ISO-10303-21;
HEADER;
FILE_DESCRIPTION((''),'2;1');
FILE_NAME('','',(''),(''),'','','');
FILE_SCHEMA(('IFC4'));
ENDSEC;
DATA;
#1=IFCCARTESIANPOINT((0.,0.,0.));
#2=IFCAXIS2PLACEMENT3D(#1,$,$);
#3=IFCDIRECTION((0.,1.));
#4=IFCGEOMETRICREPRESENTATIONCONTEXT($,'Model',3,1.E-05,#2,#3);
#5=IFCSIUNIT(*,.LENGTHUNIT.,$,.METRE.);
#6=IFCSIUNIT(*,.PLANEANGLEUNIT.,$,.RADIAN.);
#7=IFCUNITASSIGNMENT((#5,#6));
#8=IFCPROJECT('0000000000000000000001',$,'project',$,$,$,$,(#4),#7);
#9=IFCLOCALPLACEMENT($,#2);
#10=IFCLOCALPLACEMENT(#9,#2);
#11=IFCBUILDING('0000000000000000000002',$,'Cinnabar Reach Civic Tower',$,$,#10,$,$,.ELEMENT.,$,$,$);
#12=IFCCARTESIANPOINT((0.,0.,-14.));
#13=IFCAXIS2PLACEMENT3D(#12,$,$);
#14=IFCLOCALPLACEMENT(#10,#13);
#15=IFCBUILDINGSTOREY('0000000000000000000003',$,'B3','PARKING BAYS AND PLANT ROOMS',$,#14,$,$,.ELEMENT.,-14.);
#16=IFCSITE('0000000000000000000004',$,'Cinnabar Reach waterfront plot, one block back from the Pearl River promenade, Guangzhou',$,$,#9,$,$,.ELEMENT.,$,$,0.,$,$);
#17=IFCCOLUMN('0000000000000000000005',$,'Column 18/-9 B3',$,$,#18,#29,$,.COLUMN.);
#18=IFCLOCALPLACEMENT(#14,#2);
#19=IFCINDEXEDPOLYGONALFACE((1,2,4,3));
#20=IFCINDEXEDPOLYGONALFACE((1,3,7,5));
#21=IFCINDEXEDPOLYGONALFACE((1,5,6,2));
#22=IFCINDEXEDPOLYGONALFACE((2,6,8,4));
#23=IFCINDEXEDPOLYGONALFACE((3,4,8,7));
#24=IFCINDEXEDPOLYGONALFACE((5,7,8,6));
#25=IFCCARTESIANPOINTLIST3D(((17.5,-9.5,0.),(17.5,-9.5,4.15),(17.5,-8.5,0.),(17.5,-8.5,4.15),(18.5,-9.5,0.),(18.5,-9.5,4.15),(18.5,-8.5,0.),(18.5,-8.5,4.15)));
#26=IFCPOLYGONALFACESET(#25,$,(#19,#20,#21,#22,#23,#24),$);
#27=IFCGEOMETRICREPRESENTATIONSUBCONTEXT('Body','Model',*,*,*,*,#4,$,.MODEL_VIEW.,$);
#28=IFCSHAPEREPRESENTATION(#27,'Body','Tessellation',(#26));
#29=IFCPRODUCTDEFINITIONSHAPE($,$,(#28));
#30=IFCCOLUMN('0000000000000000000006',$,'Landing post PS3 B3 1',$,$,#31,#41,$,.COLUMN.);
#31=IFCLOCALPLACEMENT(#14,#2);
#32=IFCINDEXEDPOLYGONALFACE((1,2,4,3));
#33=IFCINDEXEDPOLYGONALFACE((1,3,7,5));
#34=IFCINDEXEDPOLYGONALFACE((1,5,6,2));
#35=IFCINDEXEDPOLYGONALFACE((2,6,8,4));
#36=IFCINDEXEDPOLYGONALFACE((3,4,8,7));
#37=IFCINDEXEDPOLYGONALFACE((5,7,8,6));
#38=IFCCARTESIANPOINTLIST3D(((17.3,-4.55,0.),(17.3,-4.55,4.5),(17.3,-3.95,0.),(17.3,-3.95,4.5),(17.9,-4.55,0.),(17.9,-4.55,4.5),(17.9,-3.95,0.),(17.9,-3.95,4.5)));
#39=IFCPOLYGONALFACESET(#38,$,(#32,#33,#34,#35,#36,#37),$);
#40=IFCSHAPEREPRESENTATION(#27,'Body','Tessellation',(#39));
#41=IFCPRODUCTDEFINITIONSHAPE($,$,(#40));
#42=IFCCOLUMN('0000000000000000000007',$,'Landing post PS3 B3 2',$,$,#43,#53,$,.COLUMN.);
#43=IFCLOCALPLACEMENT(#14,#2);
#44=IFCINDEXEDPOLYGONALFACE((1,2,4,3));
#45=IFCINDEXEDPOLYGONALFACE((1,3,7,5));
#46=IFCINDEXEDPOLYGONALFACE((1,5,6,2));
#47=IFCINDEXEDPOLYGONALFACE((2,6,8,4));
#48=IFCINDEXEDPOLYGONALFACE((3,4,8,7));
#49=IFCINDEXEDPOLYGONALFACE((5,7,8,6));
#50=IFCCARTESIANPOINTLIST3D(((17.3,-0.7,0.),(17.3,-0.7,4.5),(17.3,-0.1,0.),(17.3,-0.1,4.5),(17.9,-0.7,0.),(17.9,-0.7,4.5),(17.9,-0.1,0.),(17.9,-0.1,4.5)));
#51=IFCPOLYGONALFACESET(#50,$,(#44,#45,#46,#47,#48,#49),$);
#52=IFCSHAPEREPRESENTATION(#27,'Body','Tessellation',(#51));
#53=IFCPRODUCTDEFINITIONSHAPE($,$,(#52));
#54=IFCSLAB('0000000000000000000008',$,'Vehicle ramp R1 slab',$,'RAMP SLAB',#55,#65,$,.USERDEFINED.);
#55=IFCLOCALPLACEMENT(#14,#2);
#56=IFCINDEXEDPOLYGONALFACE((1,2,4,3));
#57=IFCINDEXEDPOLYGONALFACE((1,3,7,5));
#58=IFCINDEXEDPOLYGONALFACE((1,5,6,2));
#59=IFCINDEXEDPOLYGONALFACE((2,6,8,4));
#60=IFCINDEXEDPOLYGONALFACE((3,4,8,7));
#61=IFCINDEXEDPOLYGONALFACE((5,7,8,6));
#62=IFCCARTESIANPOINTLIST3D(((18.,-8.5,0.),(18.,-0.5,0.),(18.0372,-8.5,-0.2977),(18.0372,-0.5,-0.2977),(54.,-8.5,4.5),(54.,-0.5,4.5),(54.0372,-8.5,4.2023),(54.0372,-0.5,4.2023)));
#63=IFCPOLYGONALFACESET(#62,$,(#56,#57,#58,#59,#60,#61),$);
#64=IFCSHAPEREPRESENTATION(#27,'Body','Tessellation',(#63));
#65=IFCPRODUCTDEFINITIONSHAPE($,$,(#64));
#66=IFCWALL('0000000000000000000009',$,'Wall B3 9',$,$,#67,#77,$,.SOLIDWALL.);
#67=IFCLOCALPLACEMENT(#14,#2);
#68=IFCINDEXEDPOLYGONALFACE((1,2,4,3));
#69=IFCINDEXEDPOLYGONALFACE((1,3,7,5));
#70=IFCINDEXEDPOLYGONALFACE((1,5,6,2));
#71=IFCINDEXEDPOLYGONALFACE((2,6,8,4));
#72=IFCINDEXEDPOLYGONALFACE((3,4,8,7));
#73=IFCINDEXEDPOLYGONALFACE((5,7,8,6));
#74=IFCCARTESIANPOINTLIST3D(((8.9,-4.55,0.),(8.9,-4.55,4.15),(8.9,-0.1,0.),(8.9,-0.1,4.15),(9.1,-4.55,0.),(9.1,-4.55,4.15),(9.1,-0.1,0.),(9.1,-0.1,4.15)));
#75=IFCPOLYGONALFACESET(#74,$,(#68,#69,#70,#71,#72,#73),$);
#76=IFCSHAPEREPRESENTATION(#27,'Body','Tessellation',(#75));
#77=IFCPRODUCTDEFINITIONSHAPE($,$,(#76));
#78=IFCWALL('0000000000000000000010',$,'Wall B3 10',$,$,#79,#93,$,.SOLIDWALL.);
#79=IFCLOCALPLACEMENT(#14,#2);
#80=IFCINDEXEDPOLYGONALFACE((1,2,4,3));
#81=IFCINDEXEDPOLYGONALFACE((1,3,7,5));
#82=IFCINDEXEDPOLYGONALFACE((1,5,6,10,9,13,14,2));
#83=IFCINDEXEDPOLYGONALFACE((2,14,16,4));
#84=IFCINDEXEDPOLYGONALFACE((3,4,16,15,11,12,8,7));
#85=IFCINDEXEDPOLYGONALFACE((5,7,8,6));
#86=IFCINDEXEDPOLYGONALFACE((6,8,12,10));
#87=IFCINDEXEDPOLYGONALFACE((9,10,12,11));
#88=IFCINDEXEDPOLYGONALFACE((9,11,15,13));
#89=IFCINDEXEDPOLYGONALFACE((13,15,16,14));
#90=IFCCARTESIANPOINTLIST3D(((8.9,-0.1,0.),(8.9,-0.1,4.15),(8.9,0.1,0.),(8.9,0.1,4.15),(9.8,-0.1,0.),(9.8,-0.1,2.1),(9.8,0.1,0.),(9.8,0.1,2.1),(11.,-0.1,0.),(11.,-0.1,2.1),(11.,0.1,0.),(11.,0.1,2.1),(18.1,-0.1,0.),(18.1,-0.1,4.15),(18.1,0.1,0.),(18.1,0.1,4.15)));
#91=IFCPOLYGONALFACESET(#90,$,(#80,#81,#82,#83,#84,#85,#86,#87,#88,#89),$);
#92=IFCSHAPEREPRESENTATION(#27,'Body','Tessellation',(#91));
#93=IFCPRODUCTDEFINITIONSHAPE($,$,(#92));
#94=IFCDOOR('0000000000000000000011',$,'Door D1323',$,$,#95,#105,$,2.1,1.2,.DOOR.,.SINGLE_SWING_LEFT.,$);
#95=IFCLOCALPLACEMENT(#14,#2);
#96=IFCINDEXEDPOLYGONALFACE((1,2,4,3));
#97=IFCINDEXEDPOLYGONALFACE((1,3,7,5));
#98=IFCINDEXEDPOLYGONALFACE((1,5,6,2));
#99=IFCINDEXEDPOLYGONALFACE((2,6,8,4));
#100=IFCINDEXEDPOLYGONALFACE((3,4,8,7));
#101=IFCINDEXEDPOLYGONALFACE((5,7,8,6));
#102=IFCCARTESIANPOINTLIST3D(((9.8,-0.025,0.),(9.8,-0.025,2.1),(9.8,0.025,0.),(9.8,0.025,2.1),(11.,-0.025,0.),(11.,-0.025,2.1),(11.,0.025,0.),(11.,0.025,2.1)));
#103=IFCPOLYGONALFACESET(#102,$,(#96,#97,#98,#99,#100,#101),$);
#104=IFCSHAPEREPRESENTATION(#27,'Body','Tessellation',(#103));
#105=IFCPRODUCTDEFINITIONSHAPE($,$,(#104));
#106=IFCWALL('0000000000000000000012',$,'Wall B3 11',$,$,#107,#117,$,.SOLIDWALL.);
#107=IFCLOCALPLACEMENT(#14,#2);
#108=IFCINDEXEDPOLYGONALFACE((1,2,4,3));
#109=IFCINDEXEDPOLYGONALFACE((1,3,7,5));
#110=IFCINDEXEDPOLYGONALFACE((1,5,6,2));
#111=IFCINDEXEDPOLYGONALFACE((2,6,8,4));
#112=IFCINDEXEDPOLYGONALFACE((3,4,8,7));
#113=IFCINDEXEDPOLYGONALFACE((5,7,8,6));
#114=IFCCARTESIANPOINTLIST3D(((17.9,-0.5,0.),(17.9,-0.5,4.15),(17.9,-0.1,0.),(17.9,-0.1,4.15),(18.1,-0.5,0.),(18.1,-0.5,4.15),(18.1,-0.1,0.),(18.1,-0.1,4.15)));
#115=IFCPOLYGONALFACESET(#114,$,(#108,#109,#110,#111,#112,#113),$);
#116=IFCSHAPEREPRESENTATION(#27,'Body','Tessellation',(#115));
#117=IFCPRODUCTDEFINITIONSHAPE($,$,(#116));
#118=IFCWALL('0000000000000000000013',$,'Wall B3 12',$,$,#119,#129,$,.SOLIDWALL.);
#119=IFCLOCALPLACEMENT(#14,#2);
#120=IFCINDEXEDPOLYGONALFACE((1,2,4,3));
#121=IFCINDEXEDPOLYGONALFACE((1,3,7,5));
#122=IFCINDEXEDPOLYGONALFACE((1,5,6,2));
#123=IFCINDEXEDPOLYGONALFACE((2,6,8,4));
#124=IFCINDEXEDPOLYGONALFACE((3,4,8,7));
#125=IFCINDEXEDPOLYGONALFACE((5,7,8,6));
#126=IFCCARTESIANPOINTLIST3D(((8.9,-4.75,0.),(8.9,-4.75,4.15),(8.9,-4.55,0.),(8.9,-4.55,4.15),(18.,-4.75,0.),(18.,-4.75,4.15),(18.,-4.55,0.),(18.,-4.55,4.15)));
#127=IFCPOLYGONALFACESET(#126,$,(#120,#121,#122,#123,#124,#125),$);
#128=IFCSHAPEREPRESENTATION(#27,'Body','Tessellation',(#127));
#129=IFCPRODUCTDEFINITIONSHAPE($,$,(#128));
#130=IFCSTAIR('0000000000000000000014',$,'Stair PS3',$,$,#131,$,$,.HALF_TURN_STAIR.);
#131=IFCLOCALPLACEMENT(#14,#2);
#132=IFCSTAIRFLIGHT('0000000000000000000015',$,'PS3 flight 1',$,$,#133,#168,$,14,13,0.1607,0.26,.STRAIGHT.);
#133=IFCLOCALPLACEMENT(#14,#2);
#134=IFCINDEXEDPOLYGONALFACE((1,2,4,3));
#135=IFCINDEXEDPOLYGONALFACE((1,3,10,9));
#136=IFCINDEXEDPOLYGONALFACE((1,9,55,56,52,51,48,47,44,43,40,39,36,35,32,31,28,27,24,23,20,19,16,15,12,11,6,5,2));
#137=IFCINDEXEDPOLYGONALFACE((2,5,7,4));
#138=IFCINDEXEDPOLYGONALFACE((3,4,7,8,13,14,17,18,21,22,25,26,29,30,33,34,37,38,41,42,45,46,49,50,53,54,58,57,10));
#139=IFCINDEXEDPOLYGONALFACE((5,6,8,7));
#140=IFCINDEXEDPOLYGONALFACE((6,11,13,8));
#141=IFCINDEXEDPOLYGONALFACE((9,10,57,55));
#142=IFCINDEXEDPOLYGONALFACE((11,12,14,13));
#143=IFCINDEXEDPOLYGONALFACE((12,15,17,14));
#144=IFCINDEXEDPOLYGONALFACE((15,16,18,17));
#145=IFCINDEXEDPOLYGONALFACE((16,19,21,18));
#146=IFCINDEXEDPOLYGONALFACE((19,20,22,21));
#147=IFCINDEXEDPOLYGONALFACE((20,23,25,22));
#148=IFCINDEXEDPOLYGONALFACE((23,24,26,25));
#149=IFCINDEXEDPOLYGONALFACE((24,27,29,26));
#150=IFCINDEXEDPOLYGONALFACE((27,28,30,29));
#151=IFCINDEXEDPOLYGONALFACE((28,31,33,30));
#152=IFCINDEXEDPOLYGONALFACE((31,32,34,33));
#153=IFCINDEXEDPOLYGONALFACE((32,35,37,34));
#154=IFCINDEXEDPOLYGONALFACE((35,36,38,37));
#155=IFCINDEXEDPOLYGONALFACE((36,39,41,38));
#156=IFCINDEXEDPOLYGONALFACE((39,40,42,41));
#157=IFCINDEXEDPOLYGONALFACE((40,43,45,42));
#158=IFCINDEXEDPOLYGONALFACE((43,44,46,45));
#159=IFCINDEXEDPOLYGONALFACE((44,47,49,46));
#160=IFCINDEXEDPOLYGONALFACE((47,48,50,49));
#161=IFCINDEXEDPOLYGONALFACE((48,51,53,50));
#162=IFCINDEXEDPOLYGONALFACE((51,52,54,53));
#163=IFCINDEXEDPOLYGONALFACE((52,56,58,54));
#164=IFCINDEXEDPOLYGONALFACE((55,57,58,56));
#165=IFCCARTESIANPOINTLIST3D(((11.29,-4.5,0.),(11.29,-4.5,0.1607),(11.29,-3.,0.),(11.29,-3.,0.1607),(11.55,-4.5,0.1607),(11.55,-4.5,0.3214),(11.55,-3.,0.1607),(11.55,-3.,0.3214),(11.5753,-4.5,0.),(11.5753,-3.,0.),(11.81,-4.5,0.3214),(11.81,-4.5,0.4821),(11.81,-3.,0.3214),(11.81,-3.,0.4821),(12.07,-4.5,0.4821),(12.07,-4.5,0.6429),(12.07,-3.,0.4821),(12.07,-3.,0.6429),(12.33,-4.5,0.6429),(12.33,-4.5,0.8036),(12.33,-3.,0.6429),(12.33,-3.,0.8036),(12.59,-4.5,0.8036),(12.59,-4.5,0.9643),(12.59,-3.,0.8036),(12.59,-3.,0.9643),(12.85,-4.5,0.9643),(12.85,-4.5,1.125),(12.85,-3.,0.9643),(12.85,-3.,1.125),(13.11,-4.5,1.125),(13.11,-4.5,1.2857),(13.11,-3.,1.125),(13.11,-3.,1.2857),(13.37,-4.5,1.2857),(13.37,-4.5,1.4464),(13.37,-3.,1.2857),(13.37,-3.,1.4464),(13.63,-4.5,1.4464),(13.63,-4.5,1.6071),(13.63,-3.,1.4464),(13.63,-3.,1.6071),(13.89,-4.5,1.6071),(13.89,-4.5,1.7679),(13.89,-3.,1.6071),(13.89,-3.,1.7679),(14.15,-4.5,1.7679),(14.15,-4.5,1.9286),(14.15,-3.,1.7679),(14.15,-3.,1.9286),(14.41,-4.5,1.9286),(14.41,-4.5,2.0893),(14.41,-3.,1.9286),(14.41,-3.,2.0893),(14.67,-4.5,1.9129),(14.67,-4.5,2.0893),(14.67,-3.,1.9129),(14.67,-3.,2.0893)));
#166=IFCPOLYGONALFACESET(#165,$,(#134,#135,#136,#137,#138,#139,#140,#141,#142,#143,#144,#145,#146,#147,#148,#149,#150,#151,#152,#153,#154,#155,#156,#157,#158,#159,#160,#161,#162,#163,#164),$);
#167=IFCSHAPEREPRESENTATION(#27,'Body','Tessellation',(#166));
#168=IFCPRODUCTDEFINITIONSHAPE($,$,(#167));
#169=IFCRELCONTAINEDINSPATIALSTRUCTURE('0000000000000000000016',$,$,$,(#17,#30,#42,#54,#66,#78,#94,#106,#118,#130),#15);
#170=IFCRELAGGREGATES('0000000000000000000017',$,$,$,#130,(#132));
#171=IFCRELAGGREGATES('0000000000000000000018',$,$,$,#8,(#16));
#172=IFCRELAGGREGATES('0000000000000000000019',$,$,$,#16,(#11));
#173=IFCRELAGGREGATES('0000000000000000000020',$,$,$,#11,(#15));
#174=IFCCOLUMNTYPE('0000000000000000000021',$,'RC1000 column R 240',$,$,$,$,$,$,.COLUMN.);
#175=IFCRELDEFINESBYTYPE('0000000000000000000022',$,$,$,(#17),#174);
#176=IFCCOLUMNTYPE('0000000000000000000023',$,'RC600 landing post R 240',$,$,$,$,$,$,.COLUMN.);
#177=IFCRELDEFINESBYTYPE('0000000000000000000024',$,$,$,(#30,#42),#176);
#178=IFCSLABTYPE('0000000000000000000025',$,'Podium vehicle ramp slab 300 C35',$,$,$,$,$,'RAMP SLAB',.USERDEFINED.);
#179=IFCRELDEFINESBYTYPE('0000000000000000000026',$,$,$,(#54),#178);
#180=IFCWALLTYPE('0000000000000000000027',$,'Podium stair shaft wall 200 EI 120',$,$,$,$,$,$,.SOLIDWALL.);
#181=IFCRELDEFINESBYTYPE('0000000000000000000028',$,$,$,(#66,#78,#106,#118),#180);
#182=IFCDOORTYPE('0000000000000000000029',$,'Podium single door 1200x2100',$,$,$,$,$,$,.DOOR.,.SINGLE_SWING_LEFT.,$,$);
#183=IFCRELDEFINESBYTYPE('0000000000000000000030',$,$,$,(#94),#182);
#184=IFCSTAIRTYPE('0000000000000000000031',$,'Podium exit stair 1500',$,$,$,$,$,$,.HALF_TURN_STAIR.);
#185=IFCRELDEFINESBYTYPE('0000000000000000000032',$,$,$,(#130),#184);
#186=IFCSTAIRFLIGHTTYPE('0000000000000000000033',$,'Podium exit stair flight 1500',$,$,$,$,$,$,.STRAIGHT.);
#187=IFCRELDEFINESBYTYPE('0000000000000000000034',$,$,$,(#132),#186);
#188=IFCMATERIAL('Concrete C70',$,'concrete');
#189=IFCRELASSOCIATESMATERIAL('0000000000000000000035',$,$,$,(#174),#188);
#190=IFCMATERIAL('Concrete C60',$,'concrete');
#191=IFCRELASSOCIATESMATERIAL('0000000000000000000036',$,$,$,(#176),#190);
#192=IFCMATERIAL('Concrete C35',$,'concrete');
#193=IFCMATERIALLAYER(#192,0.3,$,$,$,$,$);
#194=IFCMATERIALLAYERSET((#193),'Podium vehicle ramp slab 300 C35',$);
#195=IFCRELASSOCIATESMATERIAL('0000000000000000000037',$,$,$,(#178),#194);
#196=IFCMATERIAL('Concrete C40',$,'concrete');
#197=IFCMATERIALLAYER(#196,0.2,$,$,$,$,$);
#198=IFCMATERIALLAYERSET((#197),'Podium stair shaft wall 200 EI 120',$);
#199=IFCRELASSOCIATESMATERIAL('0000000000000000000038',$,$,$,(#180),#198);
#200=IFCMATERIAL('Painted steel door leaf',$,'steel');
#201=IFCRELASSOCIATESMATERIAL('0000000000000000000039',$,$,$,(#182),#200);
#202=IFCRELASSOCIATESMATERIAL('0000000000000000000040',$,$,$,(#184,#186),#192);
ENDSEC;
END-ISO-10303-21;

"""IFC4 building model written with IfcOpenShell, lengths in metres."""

from ifc_helpers import new_model, si_unit, direction, frame, frame_2d, origin, origin_2d, place, context, subcontext, project, spatial, polyline, rectangle, outline, extrude, material, layer, layer_set, material_profile, profile_set, type_object, element, fill, aggregate, save


model = new_model("IFC4")

# Units and contexts
model_context = context("Model", 3, precision=1e-05, world=origin(), true_north=direction((0.0, 1.0)))
body_context = subcontext(model_context, "Body", "Model", "MODEL_VIEW")
ifc_project = project(units=[si_unit("LENGTHUNIT", "METRE"), si_unit("PLANEANGLEUNIT", "RADIAN")], contexts=[model_context])

# Site, building, storey
site_placement = place(None, origin())
site = spatial("IfcSite", under=ifc_project, at=site_placement, Name="Cinnabar Reach waterfront plot, one block back from the Pearl River promenade, Guangzhou", CompositionType="ELEMENT", RefElevation=0.0)
building_placement = place(site_placement, origin())
building = spatial("IfcBuilding", under=site, at=building_placement, Name="Cinnabar Reach Civic Tower", CompositionType="ELEMENT")
storey_placement = place(building_placement, frame((0.0, 0.0, -14.0)))
storey = spatial("IfcBuildingStorey", under=building, at=storey_placement, Name="B3", Description="PARKING BAYS AND PLANT ROOMS", CompositionType="ELEMENT", Elevation=-14.0)

# Shared definitions
ifc_material_1 = material(Name="Concrete C40", Category="concrete")

# Columns
ifc_material_2 = material(Name="Concrete C70", Category="concrete")
ifc_material_profile_1 = material_profile(ifc_material_2, rectangle(XDim=1.0, YDim=1.0, at=origin_2d()), Name="RC1000")
ifc_profile_set_1 = profile_set([ifc_material_profile_1], Name="Concrete C70")
column_type_1 = type_object("IfcColumnType", Name="RC1000 column R 240", PredefinedType="COLUMN", material=ifc_profile_set_1)
for number, where, z_axis, x_axis, name in (
    (1, (18.0, -9.0, 0.0), (0.0, 0.0, 1.0), (1.0, 0.0, 0.0), "Column 18/-9 B3"),
):
    element("IfcColumn", number, at=place(storey_placement, frame(where, z_axis=z_axis, x_axis=x_axis)), inside=storey, type_object=column_type_1, Name=name, PredefinedType="COLUMN", context=body_context, shape_type="SweptSolid", body=[
        extrude(rectangle(XDim=1.0, YDim=1.0, at=origin_2d()), origin(), (0.0, 0.0, 1.0), 4.15),
    ])
ifc_material_3 = material(Name="Concrete C60", Category="concrete")
ifc_material_profile_2 = material_profile(ifc_material_3, rectangle(XDim=0.6, YDim=0.6, at=origin_2d()), Name="RC600")
ifc_profile_set_2 = profile_set([ifc_material_profile_2], Name="Concrete C60")
column_type_2 = type_object("IfcColumnType", Name="RC600 landing post R 240", PredefinedType="COLUMN", material=ifc_profile_set_2)
for number, where, z_axis, x_axis, name in (
    (2, (17.6, -4.25, 0.0), (0.0, 0.0, 1.0), (1.0, 0.0, 0.0), "Landing post PS3 B3 1"),
    (3, (17.6, -0.4, 0.0), (0.0, 0.0, 1.0), (1.0, 0.0, 0.0), "Landing post PS3 B3 2"),
):
    element("IfcColumn", number, at=place(storey_placement, frame(where, z_axis=z_axis, x_axis=x_axis)), inside=storey, type_object=column_type_2, Name=name, PredefinedType="COLUMN", context=body_context, shape_type="SweptSolid", body=[
        extrude(rectangle(XDim=0.6, YDim=0.6, at=origin_2d()), origin(), (0.0, 0.0, 1.0), 4.5),
    ])

# Slab
ifc_material_4 = material(Name="Concrete C35", Category="concrete")
ifc_layer_1 = layer(ifc_material_4, 0.3)
ifc_layer_set_1 = layer_set([ifc_layer_1], Name="Podium vehicle ramp slab 300 C35")
slab_type = type_object("IfcSlabType", Name="Podium vehicle ramp slab 300 C35", ElementType="RAMP SLAB", PredefinedType="USERDEFINED", material=ifc_layer_set_1)
slab_placement = place(storey_placement, frame((18.0, -8.5, 0.0), z_axis=(-0.124035, 0.0, 0.992278), x_axis=(0.0, 1.0, 0.0)))
element("IfcSlab", 4, at=slab_placement, inside=storey, type_object=slab_type, Name="Vehicle ramp R1 slab", ObjectType="RAMP SLAB", PredefinedType="USERDEFINED", context=body_context, shape_type="SweptSolid", body=[
    extrude(outline(polyline([(0.0, 0.0), (8.0, 0.0), (8.0, -36.2802), (0.0, -36.2802), (0.0, 0.0)])), origin(), (0.0, 0.0, -1.0), 0.3),
])

# Wall
ifc_layer_2 = layer(ifc_material_1, 0.2)
ifc_layer_set_2 = layer_set([ifc_layer_2], Name="Podium stair shaft wall 200 EI 120")
wall_type = type_object("IfcWallType", Name="Podium stair shaft wall 200 EI 120", PredefinedType="SOLIDWALL", material=ifc_layer_set_2)
wall_1_placement = place(storey_placement, frame((9.0, -4.55, 0.0), z_axis=(0.0, 0.0, 1.0), x_axis=(0.0, 1.0, 0.0)))
element("IfcWall", 5, at=wall_1_placement, inside=storey, type_object=wall_type, Name="Wall B3 9", PredefinedType="SOLIDWALL", context=body_context, shape_type="SweptSolid", body=[
    extrude(rectangle(XDim=4.45, YDim=0.2, at=frame_2d((2.225, 0.0))), origin(), (0.0, 0.0, 1.0), 4.15),
])

# Wall, opening, door
wall_2_placement = place(storey_placement, frame((8.9, 0.0, 0.0), z_axis=(0.0, 0.0, 1.0), x_axis=(1.0, 0.0, 0.0)))
wall_2 = element("IfcWall", 6, at=wall_2_placement, inside=storey, type_object=wall_type, Name="Wall B3 10", PredefinedType="SOLIDWALL", context=body_context, shape_type="SweptSolid", body=[
    extrude(rectangle(XDim=9.2, YDim=0.2, at=frame_2d((4.6, 0.0))), origin(), (0.0, 0.0, 1.0), 4.15),
])
opening_placement = place(wall_2_placement, frame((0.9, 0.0, 0.0)))
opening = element("IfcOpeningElement", 7, at=opening_placement, cuts=wall_2, PredefinedType="OPENING", context=body_context, shape_type="SweptSolid", body=[
    extrude(rectangle(XDim=1.2, YDim=2.1, at=frame_2d((0.6, 1.05))), frame((0.0, 0.11, 0.0), z_axis=(0.0, -1.0, 0.0), x_axis=(1.0, 0.0, 0.0)), (0.0, 0.0, 1.0), 0.22),
])
ifc_material_5 = material(Name="Painted steel door leaf", Category="steel")
door_type = type_object("IfcDoorType", Name="Podium single door 1200x2100", OperationType="SINGLE_SWING_LEFT", PredefinedType="DOOR", material=ifc_material_5)
door_placement = place(opening_placement, frame((1.2, 0.0, 0.0), z_axis=(0.0, 0.0, 1.0), x_axis=(-1.0, 0.0, 0.0)))
door = element("IfcDoor", 8, at=door_placement, inside=storey, type_object=door_type, Name="Door D1323", OperationType="SINGLE_SWING_LEFT", OverallHeight=2.1, OverallWidth=1.2, PredefinedType="DOOR", context=body_context, shape_type="SweptSolid", body=[
    extrude(rectangle(XDim=1.2, YDim=2.1, at=frame_2d((0.6, 1.05))), frame((0.0, 0.025, 0.0), z_axis=(0.0, -1.0, 0.0), x_axis=(1.0, 0.0, 0.0)), (0.0, 0.0, 1.0), 0.05),
])
fill(opening, door)

# Walls
wall_3_placement = place(storey_placement, frame((18.0, -0.5, 0.0), z_axis=(0.0, 0.0, 1.0), x_axis=(0.0, 1.0, 0.0)))
element("IfcWall", 9, at=wall_3_placement, inside=storey, type_object=wall_type, Name="Wall B3 11", PredefinedType="SOLIDWALL", context=body_context, shape_type="SweptSolid", body=[
    extrude(rectangle(XDim=0.4, YDim=0.2, at=frame_2d((0.2, 0.0))), origin(), (0.0, 0.0, 1.0), 4.15),
])
wall_4_placement = place(storey_placement, frame((8.9, -4.65, 0.0), z_axis=(0.0, 0.0, 1.0), x_axis=(1.0, 0.0, 0.0)))
element("IfcWall", 10, at=wall_4_placement, inside=storey, type_object=wall_type, Name="Wall B3 12", PredefinedType="SOLIDWALL", context=body_context, shape_type="SweptSolid", body=[
    extrude(rectangle(XDim=9.1, YDim=0.2, at=frame_2d((4.55, 0.0))), origin(), (0.0, 0.0, 1.0), 4.15),
])

# Stair, stair flight
stair_type = type_object("IfcStairType", Name="Podium exit stair 1500", PredefinedType="HALF_TURN_STAIR", material=ifc_material_4)
stair_placement = place(storey_placement, origin())
stair = element("IfcStair", 11, at=stair_placement, inside=storey, type_object=stair_type, Name="Stair PS3", PredefinedType="HALF_TURN_STAIR")
stair_flight_type = type_object("IfcStairFlightType", Name="Podium exit stair flight 1500", PredefinedType="STRAIGHT", material=ifc_material_4)
stair_flight_1_placement = place(storey_placement, frame((11.29, -3.75, 0.0), z_axis=(0.0, 0.0, 1.0), x_axis=(1.0, 0.0, 0.0)))
stair_flight_1 = element("IfcStairFlight", 12, at=stair_flight_1_placement, type_object=stair_flight_type, Name="PS3 flight 1", NumberOfRisers=14, NumberOfTreads=13, PredefinedType="STRAIGHT", RiserHeight=0.1607, TreadLength=0.26, context=body_context, shape_type="SweptSolid", body=[
    extrude(outline(polyline([(0.0, 0.0), (0.0, 0.1607), (0.26, 0.1607), (0.26, 0.3214), (0.52, 0.3214), (0.52, 0.4821), (0.78, 0.4821), (0.78, 0.6429), (1.04, 0.6429), (1.04, 0.8036), (1.3, 0.8036), (1.3, 0.9643), (1.56, 0.9643), (1.56, 1.125), (1.82, 1.125), (1.82, 1.2857), (2.08, 1.2857), (2.08, 1.4464), (2.34, 1.4464), (2.34, 1.6071), (2.6, 1.6071), (2.6, 1.7679), (2.86, 1.7679), (2.86, 1.9286), (3.12, 1.9286), (3.12, 2.0893), (3.38, 2.0893), (3.38, 2.25), (3.38, 1.9129), (0.2853, 0.0), (0.0, 0.0)])), frame((0.0, 0.75, 0.0), z_axis=(0.0, -1.0, 0.0), x_axis=(1.0, 0.0, 0.0)), (0.0, 0.0, 1.0), 1.5),
])
aggregate(stair, [stair_flight_1])

save(model, "model.ifc")
